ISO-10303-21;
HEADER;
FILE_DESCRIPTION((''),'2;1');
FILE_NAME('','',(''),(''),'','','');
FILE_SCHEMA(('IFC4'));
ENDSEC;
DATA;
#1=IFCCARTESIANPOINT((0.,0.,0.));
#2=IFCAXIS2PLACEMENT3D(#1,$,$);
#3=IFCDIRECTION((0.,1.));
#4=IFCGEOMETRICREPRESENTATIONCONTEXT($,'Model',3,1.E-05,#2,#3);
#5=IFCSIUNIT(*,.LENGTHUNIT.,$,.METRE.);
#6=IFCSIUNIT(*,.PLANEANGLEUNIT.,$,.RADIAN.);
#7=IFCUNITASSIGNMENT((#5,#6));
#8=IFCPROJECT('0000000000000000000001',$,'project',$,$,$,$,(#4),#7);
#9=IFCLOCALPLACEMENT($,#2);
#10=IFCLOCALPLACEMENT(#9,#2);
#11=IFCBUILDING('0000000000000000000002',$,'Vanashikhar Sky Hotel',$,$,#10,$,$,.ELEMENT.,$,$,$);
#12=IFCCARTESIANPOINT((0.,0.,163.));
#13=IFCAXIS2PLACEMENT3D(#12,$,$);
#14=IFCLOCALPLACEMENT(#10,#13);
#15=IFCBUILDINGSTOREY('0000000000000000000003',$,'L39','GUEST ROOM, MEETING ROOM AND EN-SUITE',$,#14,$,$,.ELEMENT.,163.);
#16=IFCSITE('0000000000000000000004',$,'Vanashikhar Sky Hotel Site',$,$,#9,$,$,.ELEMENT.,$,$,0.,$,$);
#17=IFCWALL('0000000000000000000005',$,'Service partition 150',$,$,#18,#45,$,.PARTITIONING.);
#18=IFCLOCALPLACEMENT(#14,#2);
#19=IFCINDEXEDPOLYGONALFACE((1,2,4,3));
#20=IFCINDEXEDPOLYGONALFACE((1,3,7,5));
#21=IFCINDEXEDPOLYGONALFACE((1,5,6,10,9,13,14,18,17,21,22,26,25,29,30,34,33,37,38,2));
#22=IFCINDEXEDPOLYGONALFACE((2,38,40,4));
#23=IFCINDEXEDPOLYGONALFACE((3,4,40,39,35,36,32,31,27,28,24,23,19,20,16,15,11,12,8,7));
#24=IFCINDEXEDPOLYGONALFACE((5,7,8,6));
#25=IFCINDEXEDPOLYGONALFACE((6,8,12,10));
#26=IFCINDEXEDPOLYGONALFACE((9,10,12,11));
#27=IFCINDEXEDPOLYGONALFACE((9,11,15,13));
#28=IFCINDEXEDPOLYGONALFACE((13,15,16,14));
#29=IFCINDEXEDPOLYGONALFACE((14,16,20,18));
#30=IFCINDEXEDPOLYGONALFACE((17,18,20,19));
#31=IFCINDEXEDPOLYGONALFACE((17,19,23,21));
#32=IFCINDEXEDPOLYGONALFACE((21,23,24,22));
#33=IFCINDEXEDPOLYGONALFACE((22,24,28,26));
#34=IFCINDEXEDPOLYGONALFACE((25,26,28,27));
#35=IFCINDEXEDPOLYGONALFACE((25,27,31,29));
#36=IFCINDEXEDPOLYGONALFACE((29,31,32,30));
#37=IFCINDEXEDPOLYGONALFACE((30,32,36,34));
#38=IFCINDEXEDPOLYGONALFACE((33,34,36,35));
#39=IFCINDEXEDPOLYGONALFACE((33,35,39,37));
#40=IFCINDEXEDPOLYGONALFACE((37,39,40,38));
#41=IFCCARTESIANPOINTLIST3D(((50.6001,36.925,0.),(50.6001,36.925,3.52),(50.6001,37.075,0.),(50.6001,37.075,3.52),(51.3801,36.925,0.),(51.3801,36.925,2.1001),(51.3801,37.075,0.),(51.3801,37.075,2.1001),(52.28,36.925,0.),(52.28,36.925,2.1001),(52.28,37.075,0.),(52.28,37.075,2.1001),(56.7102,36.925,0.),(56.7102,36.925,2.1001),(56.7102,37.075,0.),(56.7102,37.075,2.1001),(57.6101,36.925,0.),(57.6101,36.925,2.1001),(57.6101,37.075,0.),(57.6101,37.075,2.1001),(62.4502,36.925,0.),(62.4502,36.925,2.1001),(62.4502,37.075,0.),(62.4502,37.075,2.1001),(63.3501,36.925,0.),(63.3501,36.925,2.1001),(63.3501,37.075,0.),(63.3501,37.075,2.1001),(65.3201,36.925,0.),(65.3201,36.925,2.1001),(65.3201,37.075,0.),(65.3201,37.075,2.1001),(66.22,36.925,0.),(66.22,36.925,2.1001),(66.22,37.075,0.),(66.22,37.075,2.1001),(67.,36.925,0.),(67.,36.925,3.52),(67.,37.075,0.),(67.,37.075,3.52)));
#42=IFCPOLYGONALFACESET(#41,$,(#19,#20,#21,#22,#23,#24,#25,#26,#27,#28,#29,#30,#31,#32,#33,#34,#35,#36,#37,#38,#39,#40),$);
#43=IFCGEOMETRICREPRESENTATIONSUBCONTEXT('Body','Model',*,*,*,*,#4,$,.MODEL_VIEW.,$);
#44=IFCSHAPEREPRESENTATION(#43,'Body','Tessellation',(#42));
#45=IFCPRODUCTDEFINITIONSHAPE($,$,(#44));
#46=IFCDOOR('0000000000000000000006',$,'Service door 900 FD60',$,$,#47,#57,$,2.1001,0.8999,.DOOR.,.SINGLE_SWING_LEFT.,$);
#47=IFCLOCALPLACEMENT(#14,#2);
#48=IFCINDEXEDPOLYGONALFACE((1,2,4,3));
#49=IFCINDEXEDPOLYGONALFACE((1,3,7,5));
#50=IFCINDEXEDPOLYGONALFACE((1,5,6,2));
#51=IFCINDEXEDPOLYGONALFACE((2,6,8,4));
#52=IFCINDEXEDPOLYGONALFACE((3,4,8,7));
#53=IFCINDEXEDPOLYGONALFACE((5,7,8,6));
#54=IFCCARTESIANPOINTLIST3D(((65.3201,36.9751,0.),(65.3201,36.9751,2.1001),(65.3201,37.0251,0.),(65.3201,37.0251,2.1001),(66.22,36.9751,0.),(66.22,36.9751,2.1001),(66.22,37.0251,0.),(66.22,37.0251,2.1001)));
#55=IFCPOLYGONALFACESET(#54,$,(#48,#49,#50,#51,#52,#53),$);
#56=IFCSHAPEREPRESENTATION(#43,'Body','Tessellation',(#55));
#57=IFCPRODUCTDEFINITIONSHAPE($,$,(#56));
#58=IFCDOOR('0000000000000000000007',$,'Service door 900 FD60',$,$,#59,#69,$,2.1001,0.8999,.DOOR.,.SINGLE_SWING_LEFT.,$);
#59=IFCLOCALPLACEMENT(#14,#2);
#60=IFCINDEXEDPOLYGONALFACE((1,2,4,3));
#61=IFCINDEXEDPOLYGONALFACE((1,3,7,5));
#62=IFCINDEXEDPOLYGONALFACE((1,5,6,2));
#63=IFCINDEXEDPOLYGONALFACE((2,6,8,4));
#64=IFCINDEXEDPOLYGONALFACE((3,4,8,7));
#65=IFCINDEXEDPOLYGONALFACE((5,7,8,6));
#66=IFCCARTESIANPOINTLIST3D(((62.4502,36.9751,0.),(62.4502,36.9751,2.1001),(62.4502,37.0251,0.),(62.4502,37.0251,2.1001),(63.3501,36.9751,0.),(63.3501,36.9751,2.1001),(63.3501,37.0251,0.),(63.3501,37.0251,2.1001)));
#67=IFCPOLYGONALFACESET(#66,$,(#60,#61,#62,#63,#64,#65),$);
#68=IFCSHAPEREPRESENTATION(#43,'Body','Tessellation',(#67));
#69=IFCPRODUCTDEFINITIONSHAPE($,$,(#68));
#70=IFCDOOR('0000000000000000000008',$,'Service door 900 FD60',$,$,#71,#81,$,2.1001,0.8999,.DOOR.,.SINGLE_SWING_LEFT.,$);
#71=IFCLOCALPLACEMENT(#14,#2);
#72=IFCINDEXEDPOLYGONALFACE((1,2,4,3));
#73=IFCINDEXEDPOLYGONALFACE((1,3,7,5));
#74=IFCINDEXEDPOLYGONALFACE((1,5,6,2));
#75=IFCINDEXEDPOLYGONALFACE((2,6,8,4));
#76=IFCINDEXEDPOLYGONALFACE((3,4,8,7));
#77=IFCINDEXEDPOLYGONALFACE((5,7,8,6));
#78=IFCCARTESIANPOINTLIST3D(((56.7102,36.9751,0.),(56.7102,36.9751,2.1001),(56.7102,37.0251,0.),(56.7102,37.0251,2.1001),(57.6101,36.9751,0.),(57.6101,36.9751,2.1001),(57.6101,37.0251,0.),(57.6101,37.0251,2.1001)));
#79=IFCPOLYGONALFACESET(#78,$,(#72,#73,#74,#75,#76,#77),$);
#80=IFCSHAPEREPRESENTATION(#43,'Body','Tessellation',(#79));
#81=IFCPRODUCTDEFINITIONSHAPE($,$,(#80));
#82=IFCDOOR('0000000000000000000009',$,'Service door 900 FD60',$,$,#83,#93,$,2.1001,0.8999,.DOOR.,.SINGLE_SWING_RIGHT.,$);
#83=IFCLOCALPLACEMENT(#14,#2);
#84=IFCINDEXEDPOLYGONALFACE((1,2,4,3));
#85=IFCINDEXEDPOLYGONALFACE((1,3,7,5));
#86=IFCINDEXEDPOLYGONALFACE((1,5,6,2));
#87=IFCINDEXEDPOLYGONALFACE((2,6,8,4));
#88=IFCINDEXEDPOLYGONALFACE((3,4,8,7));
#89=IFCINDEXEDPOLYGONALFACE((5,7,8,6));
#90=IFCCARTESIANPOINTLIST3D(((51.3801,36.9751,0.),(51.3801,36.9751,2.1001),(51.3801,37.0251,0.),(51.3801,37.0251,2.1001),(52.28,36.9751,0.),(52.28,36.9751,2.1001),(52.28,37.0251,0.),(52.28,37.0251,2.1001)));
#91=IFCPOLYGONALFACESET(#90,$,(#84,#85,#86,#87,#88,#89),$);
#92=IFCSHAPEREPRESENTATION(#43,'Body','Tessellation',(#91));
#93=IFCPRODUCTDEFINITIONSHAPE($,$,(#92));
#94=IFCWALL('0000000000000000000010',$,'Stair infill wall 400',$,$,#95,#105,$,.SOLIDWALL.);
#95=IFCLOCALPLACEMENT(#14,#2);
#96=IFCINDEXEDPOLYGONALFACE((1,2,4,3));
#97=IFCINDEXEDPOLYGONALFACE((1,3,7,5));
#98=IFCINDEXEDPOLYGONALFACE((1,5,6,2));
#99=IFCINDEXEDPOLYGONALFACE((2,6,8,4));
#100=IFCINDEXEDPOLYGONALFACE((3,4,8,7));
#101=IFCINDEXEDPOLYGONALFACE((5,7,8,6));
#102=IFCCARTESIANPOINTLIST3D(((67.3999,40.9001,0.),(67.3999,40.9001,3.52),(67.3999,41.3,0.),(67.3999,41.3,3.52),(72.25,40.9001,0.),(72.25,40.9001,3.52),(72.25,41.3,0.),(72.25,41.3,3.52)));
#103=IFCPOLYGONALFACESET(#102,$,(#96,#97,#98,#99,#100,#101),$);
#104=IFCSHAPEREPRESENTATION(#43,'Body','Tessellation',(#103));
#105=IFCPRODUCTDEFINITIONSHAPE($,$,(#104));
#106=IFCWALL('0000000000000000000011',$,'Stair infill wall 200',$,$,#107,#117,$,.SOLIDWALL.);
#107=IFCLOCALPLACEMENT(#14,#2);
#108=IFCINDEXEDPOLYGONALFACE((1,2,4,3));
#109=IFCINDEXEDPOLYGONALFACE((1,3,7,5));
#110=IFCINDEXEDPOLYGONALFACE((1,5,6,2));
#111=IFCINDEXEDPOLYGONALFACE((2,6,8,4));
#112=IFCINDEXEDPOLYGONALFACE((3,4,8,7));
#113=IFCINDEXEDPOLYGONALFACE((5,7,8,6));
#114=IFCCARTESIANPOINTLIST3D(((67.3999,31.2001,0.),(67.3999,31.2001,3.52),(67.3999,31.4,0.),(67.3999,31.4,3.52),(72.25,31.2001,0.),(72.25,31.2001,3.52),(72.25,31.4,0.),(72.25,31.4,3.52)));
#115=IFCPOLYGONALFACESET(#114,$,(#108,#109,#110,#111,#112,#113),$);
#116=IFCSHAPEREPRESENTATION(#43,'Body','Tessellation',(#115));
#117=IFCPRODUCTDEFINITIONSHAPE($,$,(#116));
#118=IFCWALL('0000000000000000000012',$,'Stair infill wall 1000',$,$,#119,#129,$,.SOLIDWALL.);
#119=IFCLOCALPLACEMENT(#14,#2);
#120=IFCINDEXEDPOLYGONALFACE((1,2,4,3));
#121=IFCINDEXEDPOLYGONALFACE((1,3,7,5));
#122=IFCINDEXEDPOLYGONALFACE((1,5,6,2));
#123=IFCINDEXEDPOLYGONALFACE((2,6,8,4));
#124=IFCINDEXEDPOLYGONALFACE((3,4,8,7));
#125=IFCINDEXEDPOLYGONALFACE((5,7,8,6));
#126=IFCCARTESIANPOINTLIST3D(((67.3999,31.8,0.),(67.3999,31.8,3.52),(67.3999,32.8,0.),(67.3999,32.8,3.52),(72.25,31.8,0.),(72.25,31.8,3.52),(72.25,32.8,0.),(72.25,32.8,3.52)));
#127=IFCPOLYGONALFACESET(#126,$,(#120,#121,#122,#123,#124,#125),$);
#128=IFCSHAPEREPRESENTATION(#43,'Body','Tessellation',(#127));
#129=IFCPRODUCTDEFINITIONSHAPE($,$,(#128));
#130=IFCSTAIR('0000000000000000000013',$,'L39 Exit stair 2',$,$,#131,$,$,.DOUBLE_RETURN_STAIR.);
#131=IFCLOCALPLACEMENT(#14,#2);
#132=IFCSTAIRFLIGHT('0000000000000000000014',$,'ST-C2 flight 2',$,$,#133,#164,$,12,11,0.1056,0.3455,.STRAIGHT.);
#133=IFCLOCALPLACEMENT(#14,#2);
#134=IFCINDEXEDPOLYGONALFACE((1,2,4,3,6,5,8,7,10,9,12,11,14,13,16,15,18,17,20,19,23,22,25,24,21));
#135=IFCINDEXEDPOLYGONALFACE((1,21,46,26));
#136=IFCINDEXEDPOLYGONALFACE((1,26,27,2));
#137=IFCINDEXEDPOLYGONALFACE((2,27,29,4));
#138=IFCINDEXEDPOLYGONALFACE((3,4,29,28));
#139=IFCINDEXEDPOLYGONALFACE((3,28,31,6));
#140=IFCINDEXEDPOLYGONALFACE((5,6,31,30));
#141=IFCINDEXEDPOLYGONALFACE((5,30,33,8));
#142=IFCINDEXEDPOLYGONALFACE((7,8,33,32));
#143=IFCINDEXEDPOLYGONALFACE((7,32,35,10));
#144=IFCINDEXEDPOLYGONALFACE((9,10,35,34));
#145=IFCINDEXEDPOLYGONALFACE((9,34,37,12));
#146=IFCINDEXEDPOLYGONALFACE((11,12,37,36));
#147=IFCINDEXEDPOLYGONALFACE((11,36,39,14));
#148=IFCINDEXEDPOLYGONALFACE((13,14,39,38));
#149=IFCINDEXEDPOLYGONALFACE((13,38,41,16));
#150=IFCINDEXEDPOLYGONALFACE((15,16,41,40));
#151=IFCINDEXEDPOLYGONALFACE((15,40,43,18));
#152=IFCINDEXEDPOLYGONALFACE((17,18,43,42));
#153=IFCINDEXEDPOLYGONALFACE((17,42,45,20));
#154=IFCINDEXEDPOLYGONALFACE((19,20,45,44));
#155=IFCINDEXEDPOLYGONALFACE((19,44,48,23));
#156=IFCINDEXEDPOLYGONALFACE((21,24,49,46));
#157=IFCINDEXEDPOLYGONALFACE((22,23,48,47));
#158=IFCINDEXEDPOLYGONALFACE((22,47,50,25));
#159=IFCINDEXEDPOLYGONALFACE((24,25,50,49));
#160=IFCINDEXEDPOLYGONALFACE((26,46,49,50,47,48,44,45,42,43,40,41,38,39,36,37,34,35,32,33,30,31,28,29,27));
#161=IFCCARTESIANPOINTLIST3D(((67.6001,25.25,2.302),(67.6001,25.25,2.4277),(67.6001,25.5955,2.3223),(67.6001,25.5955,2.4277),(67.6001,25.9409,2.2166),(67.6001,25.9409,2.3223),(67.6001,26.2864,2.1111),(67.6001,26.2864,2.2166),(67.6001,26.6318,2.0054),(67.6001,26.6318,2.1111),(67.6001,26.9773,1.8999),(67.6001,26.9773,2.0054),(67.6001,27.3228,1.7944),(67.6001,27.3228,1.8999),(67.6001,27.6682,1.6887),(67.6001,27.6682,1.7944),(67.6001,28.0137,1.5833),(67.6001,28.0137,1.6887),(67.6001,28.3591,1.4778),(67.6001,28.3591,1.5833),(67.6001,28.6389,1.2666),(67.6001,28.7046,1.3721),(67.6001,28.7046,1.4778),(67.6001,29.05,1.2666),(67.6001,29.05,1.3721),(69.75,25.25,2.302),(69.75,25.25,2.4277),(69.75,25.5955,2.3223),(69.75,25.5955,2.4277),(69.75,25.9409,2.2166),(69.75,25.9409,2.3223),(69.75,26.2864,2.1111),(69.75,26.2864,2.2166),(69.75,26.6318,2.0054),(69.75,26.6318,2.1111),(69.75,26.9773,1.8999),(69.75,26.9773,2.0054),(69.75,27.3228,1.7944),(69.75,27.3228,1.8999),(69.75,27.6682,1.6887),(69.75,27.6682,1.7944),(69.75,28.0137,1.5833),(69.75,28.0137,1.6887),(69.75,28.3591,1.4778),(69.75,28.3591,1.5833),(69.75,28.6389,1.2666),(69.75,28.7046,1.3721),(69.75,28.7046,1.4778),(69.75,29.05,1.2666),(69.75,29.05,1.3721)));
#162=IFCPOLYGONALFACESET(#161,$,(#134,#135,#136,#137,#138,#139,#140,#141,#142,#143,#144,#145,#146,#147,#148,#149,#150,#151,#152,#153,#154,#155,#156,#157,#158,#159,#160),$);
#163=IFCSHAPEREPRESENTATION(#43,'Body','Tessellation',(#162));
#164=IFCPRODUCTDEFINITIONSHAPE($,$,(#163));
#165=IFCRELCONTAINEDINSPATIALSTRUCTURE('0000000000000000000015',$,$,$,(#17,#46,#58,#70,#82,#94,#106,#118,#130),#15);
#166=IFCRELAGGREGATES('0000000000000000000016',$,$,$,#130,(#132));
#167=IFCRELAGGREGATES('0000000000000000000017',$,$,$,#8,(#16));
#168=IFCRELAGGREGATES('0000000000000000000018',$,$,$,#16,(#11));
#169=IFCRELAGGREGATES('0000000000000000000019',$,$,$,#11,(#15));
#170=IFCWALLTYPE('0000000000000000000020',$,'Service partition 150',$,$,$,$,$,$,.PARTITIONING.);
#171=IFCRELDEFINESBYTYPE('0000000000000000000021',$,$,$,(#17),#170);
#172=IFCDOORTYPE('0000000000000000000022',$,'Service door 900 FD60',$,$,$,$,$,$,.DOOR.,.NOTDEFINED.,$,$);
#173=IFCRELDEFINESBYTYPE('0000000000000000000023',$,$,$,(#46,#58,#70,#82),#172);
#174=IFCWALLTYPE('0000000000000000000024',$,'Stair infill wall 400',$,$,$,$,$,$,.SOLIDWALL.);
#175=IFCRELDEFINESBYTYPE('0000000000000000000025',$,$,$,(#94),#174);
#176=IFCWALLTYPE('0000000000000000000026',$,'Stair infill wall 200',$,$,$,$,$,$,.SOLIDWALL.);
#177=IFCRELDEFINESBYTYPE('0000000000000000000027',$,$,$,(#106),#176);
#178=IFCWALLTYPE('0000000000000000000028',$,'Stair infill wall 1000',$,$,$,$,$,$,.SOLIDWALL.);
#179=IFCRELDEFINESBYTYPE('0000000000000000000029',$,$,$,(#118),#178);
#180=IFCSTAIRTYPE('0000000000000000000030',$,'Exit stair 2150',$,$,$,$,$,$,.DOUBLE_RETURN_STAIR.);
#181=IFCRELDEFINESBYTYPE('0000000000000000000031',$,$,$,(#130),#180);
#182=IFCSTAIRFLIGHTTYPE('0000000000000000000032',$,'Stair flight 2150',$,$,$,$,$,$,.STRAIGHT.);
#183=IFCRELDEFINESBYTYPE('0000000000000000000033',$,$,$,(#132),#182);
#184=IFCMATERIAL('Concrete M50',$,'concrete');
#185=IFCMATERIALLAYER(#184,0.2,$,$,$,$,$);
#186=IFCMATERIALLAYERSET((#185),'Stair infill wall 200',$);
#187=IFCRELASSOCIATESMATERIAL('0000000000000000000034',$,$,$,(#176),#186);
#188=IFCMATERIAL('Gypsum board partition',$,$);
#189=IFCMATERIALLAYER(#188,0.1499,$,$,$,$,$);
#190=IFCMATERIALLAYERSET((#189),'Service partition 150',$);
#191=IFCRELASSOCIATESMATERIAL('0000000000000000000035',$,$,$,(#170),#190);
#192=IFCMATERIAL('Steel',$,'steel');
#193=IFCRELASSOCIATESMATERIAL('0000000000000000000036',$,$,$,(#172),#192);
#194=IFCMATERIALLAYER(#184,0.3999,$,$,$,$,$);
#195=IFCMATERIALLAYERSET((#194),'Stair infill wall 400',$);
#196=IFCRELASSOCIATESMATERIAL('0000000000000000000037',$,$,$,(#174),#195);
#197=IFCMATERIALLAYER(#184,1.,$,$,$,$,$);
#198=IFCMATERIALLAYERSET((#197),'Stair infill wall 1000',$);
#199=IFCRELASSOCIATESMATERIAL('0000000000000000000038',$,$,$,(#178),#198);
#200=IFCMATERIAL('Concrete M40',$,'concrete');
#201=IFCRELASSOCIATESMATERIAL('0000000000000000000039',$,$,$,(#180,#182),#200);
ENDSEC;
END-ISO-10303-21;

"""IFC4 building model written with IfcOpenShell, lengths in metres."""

from ifc_helpers import new_model, si_unit, direction, frame, frame_2d, origin, place, context, subcontext, project, spatial, polyline, rectangle, outline, extrude, source, transform, mapped, material, layer, layer_set, type_object, element, fill, aggregate, save


model = new_model("IFC4")

# Units and contexts
model_context = context("Model", 3, precision=1e-05, world=origin(), true_north=direction((0.0, 1.0)))
body_context = subcontext(model_context, "Body", "Model", "MODEL_VIEW")
ifc_project = project(units=[si_unit("LENGTHUNIT", "METRE"), si_unit("PLANEANGLEUNIT", "RADIAN")], contexts=[model_context])

# Site, building, storey
site_placement = place(None, origin())
site = spatial("IfcSite", under=ifc_project, at=site_placement, Name="Vanashikhar Sky Hotel Site", CompositionType="ELEMENT", RefElevation=0.0)
building_placement = place(site_placement, origin())
building = spatial("IfcBuilding", under=site, at=building_placement, Name="Vanashikhar Sky Hotel", CompositionType="ELEMENT")
storey_placement = place(building_placement, frame((0.0, 0.0, 163.0)))
storey = spatial("IfcBuildingStorey", under=building, at=storey_placement, Name="L39", Description="GUEST ROOM, MEETING ROOM AND EN-SUITE", CompositionType="ELEMENT", Elevation=163.0)

# Shared definitions
ifc_material_1 = material(Name="Concrete M50", Category="concrete")
ifc_layer_1 = layer(ifc_material_1, 0.2)
ifc_layer_set_1 = layer_set([ifc_layer_1], Name="Stair infill wall 200")
wall_type_1 = type_object("IfcWallType", Name="Stair infill wall 200", PredefinedType="SOLIDWALL", material=ifc_layer_set_1)

# Wall, openings, doors
ifc_material_2 = material(Name="Gypsum board partition")
ifc_layer_2 = layer(ifc_material_2, 0.1499)
ifc_layer_set_2 = layer_set([ifc_layer_2], Name="Service partition 150")
wall_type_2 = type_object("IfcWallType", Name="Service partition 150", PredefinedType="PARTITIONING", material=ifc_layer_set_2)
shared_shape_1 = source(origin(), body_context, "Body", "SweptSolid", [
    extrude(rectangle(XDim=0.8999, YDim=2.1001, at=frame_2d((0.45, 1.05))), frame((0.0, 0.085, 0.0), z_axis=(0.0, -1.0, 0.0), x_axis=(1.0, 0.0, 0.0)), (0.0, 0.0, 1.0), 0.1699),
])
ifc_material_3 = material(Name="Steel", Category="steel")
door_type_1 = type_object("IfcDoorType", Name="Service door 900 FD60", OperationType="NOTDEFINED", PredefinedType="DOOR", material=ifc_material_3)
shared_shape_2 = source(origin(), body_context, "Body", "SweptSolid", [
    extrude(rectangle(XDim=0.8999, YDim=2.1001, at=frame_2d((0.45, 1.05))), frame((0.0, 0.0249, 0.0), z_axis=(0.0, -1.0, 0.0), x_axis=(1.0, 0.0, 0.0)), (0.0, 0.0, 1.0), 0.05),
])
shared_shape_3 = source(origin(), body_context, "Body", "SweptSolid", [
    extrude(rectangle(XDim=16.3999, YDim=0.1499, at=frame_2d((8.2, 0.0))), origin(), (0.0, 0.0, 1.0), 3.52),
])
wall_1_placement = place(storey_placement, frame((67.0, 37.0, 0.0), z_axis=(0.0, 0.0, 1.0), x_axis=(-1.0, 0.0, 0.0)))
wall_1 = element("IfcWall", 1, at=wall_1_placement, inside=storey, type_object=wall_type_2, Name="Service partition 150", PredefinedType="PARTITIONING", context=body_context, shape_type="MappedRepresentation", body=[
    mapped(shared_shape_3, transform((0.0, 0.0, 0.0), scale=1.0)),
])
opening_1_placement = place(wall_1_placement, frame((0.78, 0.0, 0.0)))
opening_1 = element("IfcOpeningElement", 2, at=opening_1_placement, cuts=wall_1, PredefinedType="OPENING", context=body_context, shape_type="MappedRepresentation", body=[
    mapped(shared_shape_1, transform((0.0, 0.0, 0.0), scale=1.0)),
])
opening_2_placement = place(wall_1_placement, frame((3.6499, 0.0, 0.0)))
opening_2 = element("IfcOpeningElement", 3, at=opening_2_placement, cuts=wall_1, PredefinedType="OPENING", context=body_context, shape_type="MappedRepresentation", body=[
    mapped(shared_shape_1, transform((0.0, 0.0, 0.0), scale=1.0)),
])
opening_3_placement = place(wall_1_placement, frame((9.3899, 0.0, 0.0)))
opening_3 = element("IfcOpeningElement", 4, at=opening_3_placement, cuts=wall_1, PredefinedType="OPENING", context=body_context, shape_type="MappedRepresentation", body=[
    mapped(shared_shape_1, transform((0.0, 0.0, 0.0), scale=1.0)),
])
opening_4_placement = place(wall_1_placement, frame((14.72, 0.0, 0.0)))
opening_4 = element("IfcOpeningElement", 5, at=opening_4_placement, cuts=wall_1, PredefinedType="OPENING", context=body_context, shape_type="MappedRepresentation", body=[
    mapped(shared_shape_1, transform((0.0, 0.0, 0.0), scale=1.0)),
])
door_1_placement = place(opening_1_placement, origin())
door_1 = element("IfcDoor", 6, at=door_1_placement, inside=storey, type_object=door_type_1, Name="Service door 900 FD60", OperationType="SINGLE_SWING_LEFT", OverallHeight=2.1001, OverallWidth=0.8999, PredefinedType="DOOR", context=body_context, shape_type="MappedRepresentation", body=[
    mapped(shared_shape_2, transform((0.0, 0.0, 0.0), scale=1.0)),
])
fill(opening_1, door_1)
door_2_placement = place(opening_2_placement, origin())
door_2 = element("IfcDoor", 7, at=door_2_placement, inside=storey, type_object=door_type_1, Name="Service door 900 FD60", OperationType="SINGLE_SWING_LEFT", OverallHeight=2.1001, OverallWidth=0.8999, PredefinedType="DOOR", context=body_context, shape_type="MappedRepresentation", body=[
    mapped(shared_shape_2, transform((0.0, 0.0, 0.0), scale=1.0)),
])
fill(opening_2, door_2)
door_3_placement = place(opening_3_placement, origin())
door_3 = element("IfcDoor", 8, at=door_3_placement, inside=storey, type_object=door_type_1, Name="Service door 900 FD60", OperationType="SINGLE_SWING_LEFT", OverallHeight=2.1001, OverallWidth=0.8999, PredefinedType="DOOR", context=body_context, shape_type="MappedRepresentation", body=[
    mapped(shared_shape_2, transform((0.0, 0.0, 0.0), scale=1.0)),
])
fill(opening_3, door_3)
door_4_placement = place(opening_4_placement, origin())
door_4 = element("IfcDoor", 9, at=door_4_placement, inside=storey, type_object=door_type_1, Name="Service door 900 FD60", OperationType="SINGLE_SWING_RIGHT", OverallHeight=2.1001, OverallWidth=0.8999, PredefinedType="DOOR", context=body_context, shape_type="MappedRepresentation", body=[
    mapped(shared_shape_2, transform((0.0, 0.0, 0.0), scale=1.0)),
])
fill(opening_4, door_4)

# Walls
ifc_layer_3 = layer(ifc_material_1, 0.3999)
ifc_layer_set_3 = layer_set([ifc_layer_3], Name="Stair infill wall 400")
wall_type_3 = type_object("IfcWallType", Name="Stair infill wall 400", PredefinedType="SOLIDWALL", material=ifc_layer_set_3)
shared_shape_4 = source(origin(), body_context, "Body", "SweptSolid", [
    extrude(rectangle(XDim=4.8501, YDim=0.3999, at=frame_2d((2.425, 0.0))), origin(), (0.0, 0.0, 1.0), 3.52),
])
wall_2_placement = place(storey_placement, frame((67.3999, 41.1001, 0.0), z_axis=(0.0, 0.0, 1.0), x_axis=(1.0, 0.0, 0.0)))
element("IfcWall", 10, at=wall_2_placement, inside=storey, type_object=wall_type_3, Name="Stair infill wall 400", PredefinedType="SOLIDWALL", context=body_context, shape_type="MappedRepresentation", body=[
    mapped(shared_shape_4, transform((0.0, 0.0, 0.0), scale=1.0)),
])
shared_shape_5 = source(origin(), body_context, "Body", "SweptSolid", [
    extrude(rectangle(XDim=4.8501, YDim=0.2, at=frame_2d((2.425, 0.0))), origin(), (0.0, 0.0, 1.0), 3.52),
])
wall_3_placement = place(storey_placement, frame((67.3999, 31.3, 0.0), z_axis=(0.0, 0.0, 1.0), x_axis=(1.0, 0.0, 0.0)))
element("IfcWall", 11, at=wall_3_placement, inside=storey, type_object=wall_type_1, Name="Stair infill wall 200", PredefinedType="SOLIDWALL", context=body_context, shape_type="MappedRepresentation", body=[
    mapped(shared_shape_5, transform((0.0, 0.0, 0.0), scale=1.0)),
])
ifc_layer_4 = layer(ifc_material_1, 1.0)
ifc_layer_set_4 = layer_set([ifc_layer_4], Name="Stair infill wall 1000")
wall_type_4 = type_object("IfcWallType", Name="Stair infill wall 1000", PredefinedType="SOLIDWALL", material=ifc_layer_set_4)
shared_shape_6 = source(origin(), body_context, "Body", "SweptSolid", [
    extrude(rectangle(XDim=4.8501, YDim=1.0, at=frame_2d((2.425, 0.0))), origin(), (0.0, 0.0, 1.0), 3.52),
])
wall_4_placement = place(storey_placement, frame((67.3999, 32.3, 0.0), z_axis=(0.0, 0.0, 1.0), x_axis=(1.0, 0.0, 0.0)))
element("IfcWall", 12, at=wall_4_placement, inside=storey, type_object=wall_type_4, Name="Stair infill wall 1000", PredefinedType="SOLIDWALL", context=body_context, shape_type="MappedRepresentation", body=[
    mapped(shared_shape_6, transform((0.0, 0.0, 0.0), scale=1.0)),
])

# Stair, stair flight
ifc_material_4 = material(Name="Concrete M40", Category="concrete")
stair_type = type_object("IfcStairType", Name="Exit stair 2150", PredefinedType="DOUBLE_RETURN_STAIR", material=ifc_material_4)
stair_1_placement = place(storey_placement, origin())
stair_1 = element("IfcStair", 13, at=stair_1_placement, inside=storey, type_object=stair_type, Name="L39 Exit stair 2", PredefinedType="DOUBLE_RETURN_STAIR")
stair_flight_type = type_object("IfcStairFlightType", Name="Stair flight 2150", PredefinedType="STRAIGHT", material=ifc_material_4)
shared_shape_7 = source(origin(), body_context, "Body", "SweptSolid", [
    extrude(outline(polyline([(0.0, 0.0), (0.0, 0.1055), (0.3455, 0.1055), (0.3455, 0.2112), (0.6909, 0.2112), (0.6909, 0.3167), (1.0364, 0.3167), (1.0364, 0.4221), (1.3818, 0.4221), (1.3818, 0.5278), (1.7273, 0.5278), (1.7273, 0.6333), (2.0728, 0.6333), (2.0728, 0.7388), (2.4182, 0.7388), (2.4182, 0.8445), (2.7637, 0.8445), (2.7637, 0.95), (3.1091, 0.95), (3.1091, 1.0557), (3.4546, 1.0557), (3.4546, 1.1611), (3.8, 1.1611), (3.8, 1.2666), (3.8, 1.0354), (0.4111, 0.0), (0.0, 0.0)])), frame((0.0, 1.075, 0.0), z_axis=(0.0, -1.0, 0.0), x_axis=(1.0, 0.0, 0.0)), (0.0, 0.0, 1.0), 2.1499),
])
stair_flight_1_placement = place(storey_placement, frame((68.675, 29.05, 1.2666), z_axis=(0.0, 0.0, 1.0), x_axis=(0.0, -1.0, 0.0)))
stair_flight_1 = element("IfcStairFlight", 14, at=stair_flight_1_placement, type_object=stair_flight_type, Name="ST-C2 flight 2", NumberOfRisers=12, NumberOfTreads=11, PredefinedType="STRAIGHT", RiserHeight=0.1056, TreadLength=0.3455, context=body_context, shape_type="MappedRepresentation", body=[
    mapped(shared_shape_7, transform((0.0, 0.0, 0.0), scale=1.0)),
])
aggregate(stair_1, [stair_flight_1])

save(model, "model.ifc")
